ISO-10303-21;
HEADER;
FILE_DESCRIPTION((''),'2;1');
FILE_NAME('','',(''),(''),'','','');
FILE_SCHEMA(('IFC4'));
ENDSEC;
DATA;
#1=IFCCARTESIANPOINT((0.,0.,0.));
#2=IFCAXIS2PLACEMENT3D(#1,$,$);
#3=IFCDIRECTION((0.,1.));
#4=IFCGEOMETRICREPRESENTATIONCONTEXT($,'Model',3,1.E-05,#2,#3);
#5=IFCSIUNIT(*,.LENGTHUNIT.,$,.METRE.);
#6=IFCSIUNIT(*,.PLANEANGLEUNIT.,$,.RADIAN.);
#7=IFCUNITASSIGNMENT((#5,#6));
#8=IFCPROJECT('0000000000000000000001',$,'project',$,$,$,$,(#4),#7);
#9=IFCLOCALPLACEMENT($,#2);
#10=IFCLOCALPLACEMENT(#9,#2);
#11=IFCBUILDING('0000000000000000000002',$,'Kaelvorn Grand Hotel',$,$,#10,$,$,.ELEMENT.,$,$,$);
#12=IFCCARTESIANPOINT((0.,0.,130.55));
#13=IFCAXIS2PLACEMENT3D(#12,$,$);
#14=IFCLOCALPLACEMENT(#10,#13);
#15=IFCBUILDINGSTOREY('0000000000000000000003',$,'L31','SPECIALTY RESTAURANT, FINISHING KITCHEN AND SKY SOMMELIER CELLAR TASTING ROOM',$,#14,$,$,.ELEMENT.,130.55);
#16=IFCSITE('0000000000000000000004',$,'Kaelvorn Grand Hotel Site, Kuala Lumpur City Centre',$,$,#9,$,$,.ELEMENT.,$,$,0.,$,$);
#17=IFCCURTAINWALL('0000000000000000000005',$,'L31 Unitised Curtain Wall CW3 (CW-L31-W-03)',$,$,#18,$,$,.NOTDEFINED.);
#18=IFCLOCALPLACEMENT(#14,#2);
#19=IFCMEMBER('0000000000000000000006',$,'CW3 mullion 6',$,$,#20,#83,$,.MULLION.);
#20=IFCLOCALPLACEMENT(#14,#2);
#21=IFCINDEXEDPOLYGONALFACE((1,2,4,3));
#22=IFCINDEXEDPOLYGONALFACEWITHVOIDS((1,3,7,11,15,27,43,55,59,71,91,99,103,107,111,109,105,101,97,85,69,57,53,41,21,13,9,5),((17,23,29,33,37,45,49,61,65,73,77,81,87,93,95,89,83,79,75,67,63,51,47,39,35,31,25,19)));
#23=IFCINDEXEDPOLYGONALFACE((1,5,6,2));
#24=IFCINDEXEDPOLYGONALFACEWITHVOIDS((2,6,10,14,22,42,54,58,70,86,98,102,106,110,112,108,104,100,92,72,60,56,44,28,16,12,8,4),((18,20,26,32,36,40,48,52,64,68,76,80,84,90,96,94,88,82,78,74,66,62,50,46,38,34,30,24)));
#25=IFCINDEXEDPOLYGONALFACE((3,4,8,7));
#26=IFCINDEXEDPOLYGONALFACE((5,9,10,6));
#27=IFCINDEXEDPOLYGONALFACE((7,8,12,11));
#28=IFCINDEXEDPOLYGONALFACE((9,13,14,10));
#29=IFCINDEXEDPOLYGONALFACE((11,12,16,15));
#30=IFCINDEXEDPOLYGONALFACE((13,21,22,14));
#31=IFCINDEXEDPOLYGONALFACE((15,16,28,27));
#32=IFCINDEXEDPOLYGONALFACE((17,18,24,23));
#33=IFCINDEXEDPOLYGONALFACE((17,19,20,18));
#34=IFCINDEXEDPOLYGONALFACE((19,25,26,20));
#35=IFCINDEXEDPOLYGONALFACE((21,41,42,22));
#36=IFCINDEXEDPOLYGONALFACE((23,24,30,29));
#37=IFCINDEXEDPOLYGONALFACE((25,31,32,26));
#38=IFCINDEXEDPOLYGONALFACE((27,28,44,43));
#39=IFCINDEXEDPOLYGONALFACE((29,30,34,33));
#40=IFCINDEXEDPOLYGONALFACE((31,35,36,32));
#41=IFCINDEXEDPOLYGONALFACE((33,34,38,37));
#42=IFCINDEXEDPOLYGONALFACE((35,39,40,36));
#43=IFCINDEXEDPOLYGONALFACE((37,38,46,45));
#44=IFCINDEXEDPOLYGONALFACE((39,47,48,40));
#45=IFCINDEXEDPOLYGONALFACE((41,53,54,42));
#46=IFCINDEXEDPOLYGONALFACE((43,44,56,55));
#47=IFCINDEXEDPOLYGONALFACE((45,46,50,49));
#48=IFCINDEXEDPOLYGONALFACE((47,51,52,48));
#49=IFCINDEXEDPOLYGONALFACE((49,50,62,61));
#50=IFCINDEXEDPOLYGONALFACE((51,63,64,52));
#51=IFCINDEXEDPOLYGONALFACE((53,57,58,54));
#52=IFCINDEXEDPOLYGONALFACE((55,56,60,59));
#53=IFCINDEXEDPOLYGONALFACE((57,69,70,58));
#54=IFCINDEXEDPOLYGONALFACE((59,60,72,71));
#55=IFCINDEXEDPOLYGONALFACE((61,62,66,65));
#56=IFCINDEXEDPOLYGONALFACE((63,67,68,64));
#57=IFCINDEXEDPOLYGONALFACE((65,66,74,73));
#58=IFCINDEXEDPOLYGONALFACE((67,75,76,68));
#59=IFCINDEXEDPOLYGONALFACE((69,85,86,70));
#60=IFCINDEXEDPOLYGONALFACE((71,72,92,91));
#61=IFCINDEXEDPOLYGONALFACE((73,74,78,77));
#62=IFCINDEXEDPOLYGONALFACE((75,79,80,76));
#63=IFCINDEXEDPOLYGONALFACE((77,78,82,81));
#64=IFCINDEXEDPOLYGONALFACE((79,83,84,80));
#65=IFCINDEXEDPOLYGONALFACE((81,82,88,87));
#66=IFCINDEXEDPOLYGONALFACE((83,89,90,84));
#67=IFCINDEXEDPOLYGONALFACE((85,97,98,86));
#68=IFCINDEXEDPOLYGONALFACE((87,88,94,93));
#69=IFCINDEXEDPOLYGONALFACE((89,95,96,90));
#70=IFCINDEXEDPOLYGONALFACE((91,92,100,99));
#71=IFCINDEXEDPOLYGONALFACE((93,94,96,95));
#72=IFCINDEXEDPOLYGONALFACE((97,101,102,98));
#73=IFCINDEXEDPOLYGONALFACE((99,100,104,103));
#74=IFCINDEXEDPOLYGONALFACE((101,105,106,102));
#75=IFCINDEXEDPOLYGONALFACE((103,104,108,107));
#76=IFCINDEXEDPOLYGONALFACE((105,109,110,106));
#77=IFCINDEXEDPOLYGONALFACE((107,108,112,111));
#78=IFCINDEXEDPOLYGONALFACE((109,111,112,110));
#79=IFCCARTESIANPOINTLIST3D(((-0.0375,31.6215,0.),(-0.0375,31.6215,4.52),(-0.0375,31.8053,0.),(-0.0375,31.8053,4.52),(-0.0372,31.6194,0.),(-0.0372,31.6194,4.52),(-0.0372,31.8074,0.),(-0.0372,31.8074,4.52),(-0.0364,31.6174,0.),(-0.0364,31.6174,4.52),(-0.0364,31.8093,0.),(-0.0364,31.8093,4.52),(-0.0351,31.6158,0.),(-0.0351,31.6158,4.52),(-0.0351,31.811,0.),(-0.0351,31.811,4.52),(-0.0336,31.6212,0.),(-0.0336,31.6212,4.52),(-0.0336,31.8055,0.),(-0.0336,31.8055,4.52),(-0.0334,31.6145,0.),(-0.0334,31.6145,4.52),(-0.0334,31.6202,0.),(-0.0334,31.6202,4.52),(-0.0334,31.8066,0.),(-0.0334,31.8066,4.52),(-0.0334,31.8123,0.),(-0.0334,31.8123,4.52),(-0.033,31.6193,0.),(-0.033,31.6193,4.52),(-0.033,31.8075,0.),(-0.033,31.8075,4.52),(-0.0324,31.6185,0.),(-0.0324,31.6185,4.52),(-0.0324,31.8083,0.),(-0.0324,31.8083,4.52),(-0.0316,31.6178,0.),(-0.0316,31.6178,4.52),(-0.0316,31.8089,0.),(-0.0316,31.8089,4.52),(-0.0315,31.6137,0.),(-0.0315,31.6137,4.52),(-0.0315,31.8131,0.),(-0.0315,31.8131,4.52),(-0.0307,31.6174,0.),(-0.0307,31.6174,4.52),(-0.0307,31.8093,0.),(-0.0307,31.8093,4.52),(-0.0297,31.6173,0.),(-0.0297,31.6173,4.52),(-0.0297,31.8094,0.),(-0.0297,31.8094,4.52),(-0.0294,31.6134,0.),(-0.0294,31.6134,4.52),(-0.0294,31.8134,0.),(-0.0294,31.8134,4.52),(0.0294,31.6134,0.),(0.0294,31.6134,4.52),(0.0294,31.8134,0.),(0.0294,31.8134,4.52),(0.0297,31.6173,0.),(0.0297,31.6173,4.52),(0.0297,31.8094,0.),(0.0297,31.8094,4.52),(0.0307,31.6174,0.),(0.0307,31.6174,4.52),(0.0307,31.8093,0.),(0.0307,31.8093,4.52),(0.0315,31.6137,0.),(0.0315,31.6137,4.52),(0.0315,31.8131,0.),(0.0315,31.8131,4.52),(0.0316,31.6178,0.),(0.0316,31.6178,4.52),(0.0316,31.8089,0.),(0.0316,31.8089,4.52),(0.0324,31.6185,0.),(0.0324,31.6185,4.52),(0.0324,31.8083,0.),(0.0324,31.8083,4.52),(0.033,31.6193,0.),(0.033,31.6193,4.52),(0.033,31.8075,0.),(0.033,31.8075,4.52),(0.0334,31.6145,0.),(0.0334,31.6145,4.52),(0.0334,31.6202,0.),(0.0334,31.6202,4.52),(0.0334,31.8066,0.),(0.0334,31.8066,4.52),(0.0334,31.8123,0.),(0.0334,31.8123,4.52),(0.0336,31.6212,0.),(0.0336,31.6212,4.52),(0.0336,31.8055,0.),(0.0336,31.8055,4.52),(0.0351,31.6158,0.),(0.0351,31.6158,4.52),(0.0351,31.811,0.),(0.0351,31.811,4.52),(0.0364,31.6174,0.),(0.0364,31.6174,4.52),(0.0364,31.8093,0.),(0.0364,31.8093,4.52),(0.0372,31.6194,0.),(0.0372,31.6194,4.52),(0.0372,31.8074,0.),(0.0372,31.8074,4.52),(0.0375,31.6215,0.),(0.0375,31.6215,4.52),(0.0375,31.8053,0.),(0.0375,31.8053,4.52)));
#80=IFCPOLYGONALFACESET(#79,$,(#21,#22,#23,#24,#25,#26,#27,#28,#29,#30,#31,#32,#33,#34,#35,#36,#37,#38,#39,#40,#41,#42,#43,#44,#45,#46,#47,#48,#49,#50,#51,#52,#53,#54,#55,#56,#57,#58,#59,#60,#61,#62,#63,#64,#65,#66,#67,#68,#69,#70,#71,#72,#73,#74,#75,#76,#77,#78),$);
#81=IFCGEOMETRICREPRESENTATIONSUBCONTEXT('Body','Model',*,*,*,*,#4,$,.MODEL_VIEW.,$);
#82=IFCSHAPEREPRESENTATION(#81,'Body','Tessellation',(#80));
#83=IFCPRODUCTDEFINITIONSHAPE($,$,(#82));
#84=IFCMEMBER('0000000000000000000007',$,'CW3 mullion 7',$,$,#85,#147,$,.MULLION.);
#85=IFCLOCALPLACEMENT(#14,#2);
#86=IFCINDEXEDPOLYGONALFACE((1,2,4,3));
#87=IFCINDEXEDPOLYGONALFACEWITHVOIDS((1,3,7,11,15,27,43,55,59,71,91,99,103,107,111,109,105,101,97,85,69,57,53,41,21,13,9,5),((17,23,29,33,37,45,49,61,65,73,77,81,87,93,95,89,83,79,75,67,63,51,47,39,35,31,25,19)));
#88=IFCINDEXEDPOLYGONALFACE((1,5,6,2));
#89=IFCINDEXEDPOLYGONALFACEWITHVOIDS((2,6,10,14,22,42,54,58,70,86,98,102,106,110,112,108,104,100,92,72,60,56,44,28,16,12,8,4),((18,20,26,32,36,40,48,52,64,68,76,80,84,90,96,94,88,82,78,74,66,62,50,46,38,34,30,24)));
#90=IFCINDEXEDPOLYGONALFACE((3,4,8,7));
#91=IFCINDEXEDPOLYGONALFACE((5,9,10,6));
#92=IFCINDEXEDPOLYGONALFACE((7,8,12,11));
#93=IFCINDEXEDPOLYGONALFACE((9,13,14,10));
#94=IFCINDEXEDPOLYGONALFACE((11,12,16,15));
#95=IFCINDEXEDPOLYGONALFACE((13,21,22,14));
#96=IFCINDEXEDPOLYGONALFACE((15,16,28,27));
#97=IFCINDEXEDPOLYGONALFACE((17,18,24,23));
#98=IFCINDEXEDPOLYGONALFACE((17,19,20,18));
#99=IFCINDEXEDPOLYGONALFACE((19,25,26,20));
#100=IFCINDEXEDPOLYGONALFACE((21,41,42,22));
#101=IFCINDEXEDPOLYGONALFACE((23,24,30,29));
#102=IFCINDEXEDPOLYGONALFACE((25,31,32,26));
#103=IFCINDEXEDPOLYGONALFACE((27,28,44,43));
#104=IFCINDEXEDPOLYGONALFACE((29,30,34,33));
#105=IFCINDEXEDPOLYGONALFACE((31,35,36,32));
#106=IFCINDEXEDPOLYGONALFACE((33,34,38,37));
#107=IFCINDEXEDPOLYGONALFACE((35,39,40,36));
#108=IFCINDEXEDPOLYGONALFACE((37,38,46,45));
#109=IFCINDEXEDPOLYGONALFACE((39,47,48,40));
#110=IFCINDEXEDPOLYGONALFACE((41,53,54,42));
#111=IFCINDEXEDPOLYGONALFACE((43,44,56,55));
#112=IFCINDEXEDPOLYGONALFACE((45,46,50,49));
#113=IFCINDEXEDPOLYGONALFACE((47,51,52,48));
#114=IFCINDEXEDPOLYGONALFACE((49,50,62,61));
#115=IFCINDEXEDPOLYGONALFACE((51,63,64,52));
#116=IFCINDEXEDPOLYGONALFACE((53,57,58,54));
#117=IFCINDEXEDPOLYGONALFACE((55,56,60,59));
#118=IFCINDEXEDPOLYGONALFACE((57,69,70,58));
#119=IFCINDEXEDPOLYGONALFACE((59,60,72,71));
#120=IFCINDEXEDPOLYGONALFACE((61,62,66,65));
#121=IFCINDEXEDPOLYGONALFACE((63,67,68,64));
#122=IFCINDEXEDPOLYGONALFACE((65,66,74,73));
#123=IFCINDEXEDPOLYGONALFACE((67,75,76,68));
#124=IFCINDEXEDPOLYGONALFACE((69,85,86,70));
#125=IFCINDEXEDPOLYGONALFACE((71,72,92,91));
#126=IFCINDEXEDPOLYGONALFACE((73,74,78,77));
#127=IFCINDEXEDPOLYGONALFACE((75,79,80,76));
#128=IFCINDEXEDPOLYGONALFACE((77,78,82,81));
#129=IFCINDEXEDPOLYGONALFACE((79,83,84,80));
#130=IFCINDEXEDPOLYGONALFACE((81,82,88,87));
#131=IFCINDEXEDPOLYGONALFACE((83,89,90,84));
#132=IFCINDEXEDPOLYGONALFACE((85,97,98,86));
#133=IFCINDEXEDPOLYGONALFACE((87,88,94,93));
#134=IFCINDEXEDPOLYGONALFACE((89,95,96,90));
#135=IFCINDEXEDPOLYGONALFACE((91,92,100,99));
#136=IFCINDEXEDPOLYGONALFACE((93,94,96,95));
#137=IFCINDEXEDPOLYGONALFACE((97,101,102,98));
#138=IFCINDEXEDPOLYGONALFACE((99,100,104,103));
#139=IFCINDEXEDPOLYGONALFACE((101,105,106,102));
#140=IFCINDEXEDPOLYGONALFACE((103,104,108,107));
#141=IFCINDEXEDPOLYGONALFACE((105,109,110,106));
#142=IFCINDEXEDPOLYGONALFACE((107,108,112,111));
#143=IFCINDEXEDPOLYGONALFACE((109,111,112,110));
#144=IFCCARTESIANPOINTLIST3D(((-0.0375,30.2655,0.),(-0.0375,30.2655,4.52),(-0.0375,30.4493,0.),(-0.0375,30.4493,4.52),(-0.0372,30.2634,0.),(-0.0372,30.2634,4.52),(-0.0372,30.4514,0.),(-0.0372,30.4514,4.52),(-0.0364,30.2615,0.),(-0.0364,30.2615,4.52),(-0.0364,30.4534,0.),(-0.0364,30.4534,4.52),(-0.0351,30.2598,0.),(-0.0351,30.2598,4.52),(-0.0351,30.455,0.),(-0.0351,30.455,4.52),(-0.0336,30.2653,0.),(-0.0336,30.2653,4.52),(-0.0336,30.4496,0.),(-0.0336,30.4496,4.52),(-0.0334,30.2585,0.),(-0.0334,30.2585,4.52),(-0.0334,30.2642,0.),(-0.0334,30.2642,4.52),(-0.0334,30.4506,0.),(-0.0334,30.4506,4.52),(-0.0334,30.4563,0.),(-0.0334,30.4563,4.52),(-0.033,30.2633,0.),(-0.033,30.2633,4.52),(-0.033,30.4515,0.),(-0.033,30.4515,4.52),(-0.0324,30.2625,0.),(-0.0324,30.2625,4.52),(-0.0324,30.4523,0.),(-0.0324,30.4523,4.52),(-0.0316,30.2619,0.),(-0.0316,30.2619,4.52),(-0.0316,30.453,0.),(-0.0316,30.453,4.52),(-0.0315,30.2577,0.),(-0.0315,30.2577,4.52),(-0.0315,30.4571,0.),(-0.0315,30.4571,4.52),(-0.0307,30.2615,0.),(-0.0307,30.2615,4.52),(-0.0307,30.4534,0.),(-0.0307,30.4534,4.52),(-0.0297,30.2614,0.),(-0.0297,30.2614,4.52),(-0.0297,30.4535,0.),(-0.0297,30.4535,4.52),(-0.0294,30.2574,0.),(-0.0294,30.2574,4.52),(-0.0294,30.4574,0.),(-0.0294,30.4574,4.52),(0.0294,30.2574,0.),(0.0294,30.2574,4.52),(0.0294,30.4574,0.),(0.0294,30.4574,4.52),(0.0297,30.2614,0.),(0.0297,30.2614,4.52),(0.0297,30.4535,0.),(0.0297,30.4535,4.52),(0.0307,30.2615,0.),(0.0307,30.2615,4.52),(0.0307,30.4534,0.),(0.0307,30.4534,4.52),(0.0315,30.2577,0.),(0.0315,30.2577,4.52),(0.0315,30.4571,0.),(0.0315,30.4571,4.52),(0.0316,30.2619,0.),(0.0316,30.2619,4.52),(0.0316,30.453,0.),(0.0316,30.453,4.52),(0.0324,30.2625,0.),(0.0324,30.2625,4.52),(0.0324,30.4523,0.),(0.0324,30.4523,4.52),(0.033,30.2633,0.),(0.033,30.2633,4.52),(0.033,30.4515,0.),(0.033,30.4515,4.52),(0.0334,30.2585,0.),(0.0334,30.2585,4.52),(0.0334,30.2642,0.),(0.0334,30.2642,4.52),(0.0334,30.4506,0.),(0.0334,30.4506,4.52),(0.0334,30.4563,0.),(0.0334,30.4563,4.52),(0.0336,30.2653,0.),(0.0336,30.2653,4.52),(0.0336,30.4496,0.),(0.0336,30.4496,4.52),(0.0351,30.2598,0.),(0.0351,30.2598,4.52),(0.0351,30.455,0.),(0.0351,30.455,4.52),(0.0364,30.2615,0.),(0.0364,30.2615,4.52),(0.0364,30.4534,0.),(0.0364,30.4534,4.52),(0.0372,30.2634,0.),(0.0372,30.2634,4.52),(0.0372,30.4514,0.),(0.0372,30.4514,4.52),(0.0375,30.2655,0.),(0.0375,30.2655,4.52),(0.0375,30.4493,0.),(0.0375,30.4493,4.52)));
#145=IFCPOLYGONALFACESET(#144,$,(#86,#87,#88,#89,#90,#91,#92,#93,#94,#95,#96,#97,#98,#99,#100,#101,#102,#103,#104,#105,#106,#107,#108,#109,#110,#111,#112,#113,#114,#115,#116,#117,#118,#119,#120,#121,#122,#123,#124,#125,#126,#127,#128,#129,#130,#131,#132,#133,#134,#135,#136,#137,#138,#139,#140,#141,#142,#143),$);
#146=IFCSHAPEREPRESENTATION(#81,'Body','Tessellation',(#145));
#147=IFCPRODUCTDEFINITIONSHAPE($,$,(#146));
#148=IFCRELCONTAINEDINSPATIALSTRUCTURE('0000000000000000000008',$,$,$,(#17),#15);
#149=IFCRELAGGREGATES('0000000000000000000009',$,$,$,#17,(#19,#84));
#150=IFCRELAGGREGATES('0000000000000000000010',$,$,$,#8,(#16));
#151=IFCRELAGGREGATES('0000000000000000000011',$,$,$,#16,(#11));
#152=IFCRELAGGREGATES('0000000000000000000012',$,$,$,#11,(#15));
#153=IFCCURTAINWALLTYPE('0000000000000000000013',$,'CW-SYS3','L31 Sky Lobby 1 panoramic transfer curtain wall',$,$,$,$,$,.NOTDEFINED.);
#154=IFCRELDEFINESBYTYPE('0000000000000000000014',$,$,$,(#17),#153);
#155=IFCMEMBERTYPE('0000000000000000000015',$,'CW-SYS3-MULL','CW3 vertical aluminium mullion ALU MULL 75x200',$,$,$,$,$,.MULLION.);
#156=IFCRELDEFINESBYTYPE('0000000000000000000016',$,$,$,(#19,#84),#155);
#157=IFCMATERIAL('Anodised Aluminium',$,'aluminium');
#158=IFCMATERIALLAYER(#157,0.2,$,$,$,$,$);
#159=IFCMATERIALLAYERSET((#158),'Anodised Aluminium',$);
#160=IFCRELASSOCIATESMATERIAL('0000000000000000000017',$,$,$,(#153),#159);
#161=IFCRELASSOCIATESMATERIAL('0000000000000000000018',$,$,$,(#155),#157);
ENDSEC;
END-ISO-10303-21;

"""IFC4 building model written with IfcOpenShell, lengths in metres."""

from ifc_helpers import new_model, si_unit, direction, frame, origin, origin_2d, place, context, subcontext, project, spatial, hollow_rectangle, extrude, material, layer, layer_set, material_profile, profile_set, type_object, element, aggregate, save


model = new_model("IFC4")

# Units and contexts
model_context = context("Model", 3, precision=1e-05, world=origin(), true_north=direction((0.0, 1.0)))
body_context = subcontext(model_context, "Body", "Model", "MODEL_VIEW")
ifc_project = project(units=[si_unit("LENGTHUNIT", "METRE"), si_unit("PLANEANGLEUNIT", "RADIAN")], contexts=[model_context])

# Site, building, storey
site_placement = place(None, origin())
site = spatial("IfcSite", under=ifc_project, at=site_placement, Name="Kaelvorn Grand Hotel Site, Kuala Lumpur City Centre", CompositionType="ELEMENT", RefElevation=0.0)
building_placement = place(site_placement, origin())
building = spatial("IfcBuilding", under=site, at=building_placement, Name="Kaelvorn Grand Hotel", CompositionType="ELEMENT")
storey_placement = place(building_placement, frame((0.0, 0.0, 130.55)))
storey = spatial("IfcBuildingStorey", under=building, at=storey_placement, Name="L31", Description="SPECIALTY RESTAURANT, FINISHING KITCHEN AND SKY SOMMELIER CELLAR TASTING ROOM", CompositionType="ELEMENT", Elevation=130.55)

# Curtain wall, members
ifc_material_1 = material(Name="Anodised Aluminium", Category="aluminium")
ifc_layer_1 = layer(ifc_material_1, 0.2)
ifc_layer_set_1 = layer_set([ifc_layer_1], Name="Anodised Aluminium")
curtain_wall_type = type_object("IfcCurtainWallType", Name="CW-SYS3", Description="L31 Sky Lobby 1 panoramic transfer curtain wall", PredefinedType="NOTDEFINED", material=ifc_layer_set_1)
curtain_wall_placement = place(storey_placement, origin())
curtain_wall = element("IfcCurtainWall", 1, at=curtain_wall_placement, inside=storey, type_object=curtain_wall_type, Name="L31 Unitised Curtain Wall CW3 (CW-L31-W-03)", PredefinedType="NOTDEFINED")
ifc_material_profile_1 = material_profile(ifc_material_1, hollow_rectangle(XDim=0.075, YDim=0.2, WallThickness=0.0039, InnerFilletRadius=0.0039, OuterFilletRadius=0.0081, at=origin_2d()), Name="ALU MULL 75x200")
ifc_profile_set_1 = profile_set([ifc_material_profile_1], Name="Anodised Aluminium")
member_type_1 = type_object("IfcMemberType", Name="CW-SYS3-MULL", Description="CW3 vertical aluminium mullion ALU MULL 75x200", PredefinedType="MULLION", material=ifc_profile_set_1)
member_1_placement = place(storey_placement, frame((0.0, 31.7134, 0.0), z_axis=(0.0, 0.0, 1.0), x_axis=(1.0, 0.0, 0.0)))
member_1 = element("IfcMember", 2, at=member_1_placement, type_object=member_type_1, Name="CW3 mullion 6", PredefinedType="MULLION", context=body_context, shape_type="SweptSolid", body=[
    extrude(hollow_rectangle(XDim=0.075, YDim=0.2, WallThickness=0.0039, InnerFilletRadius=0.0039, OuterFilletRadius=0.0081, at=origin_2d()), origin(), (0.0, 0.0, 1.0), 4.52),
])
member_2_placement = place(storey_placement, frame((0.0, 30.3574, 0.0), z_axis=(0.0, 0.0, 1.0), x_axis=(1.0, 0.0, 0.0)))
member_2 = element("IfcMember", 3, at=member_2_placement, type_object=member_type_1, Name="CW3 mullion 7", PredefinedType="MULLION", context=body_context, shape_type="SweptSolid", body=[
    extrude(hollow_rectangle(XDim=0.075, YDim=0.2, WallThickness=0.0039, InnerFilletRadius=0.0039, OuterFilletRadius=0.0081, at=origin_2d()), origin(), (0.0, 0.0, 1.0), 4.52),
])
aggregate(curtain_wall, [member_1, member_2])

save(model, "model.ifc")
